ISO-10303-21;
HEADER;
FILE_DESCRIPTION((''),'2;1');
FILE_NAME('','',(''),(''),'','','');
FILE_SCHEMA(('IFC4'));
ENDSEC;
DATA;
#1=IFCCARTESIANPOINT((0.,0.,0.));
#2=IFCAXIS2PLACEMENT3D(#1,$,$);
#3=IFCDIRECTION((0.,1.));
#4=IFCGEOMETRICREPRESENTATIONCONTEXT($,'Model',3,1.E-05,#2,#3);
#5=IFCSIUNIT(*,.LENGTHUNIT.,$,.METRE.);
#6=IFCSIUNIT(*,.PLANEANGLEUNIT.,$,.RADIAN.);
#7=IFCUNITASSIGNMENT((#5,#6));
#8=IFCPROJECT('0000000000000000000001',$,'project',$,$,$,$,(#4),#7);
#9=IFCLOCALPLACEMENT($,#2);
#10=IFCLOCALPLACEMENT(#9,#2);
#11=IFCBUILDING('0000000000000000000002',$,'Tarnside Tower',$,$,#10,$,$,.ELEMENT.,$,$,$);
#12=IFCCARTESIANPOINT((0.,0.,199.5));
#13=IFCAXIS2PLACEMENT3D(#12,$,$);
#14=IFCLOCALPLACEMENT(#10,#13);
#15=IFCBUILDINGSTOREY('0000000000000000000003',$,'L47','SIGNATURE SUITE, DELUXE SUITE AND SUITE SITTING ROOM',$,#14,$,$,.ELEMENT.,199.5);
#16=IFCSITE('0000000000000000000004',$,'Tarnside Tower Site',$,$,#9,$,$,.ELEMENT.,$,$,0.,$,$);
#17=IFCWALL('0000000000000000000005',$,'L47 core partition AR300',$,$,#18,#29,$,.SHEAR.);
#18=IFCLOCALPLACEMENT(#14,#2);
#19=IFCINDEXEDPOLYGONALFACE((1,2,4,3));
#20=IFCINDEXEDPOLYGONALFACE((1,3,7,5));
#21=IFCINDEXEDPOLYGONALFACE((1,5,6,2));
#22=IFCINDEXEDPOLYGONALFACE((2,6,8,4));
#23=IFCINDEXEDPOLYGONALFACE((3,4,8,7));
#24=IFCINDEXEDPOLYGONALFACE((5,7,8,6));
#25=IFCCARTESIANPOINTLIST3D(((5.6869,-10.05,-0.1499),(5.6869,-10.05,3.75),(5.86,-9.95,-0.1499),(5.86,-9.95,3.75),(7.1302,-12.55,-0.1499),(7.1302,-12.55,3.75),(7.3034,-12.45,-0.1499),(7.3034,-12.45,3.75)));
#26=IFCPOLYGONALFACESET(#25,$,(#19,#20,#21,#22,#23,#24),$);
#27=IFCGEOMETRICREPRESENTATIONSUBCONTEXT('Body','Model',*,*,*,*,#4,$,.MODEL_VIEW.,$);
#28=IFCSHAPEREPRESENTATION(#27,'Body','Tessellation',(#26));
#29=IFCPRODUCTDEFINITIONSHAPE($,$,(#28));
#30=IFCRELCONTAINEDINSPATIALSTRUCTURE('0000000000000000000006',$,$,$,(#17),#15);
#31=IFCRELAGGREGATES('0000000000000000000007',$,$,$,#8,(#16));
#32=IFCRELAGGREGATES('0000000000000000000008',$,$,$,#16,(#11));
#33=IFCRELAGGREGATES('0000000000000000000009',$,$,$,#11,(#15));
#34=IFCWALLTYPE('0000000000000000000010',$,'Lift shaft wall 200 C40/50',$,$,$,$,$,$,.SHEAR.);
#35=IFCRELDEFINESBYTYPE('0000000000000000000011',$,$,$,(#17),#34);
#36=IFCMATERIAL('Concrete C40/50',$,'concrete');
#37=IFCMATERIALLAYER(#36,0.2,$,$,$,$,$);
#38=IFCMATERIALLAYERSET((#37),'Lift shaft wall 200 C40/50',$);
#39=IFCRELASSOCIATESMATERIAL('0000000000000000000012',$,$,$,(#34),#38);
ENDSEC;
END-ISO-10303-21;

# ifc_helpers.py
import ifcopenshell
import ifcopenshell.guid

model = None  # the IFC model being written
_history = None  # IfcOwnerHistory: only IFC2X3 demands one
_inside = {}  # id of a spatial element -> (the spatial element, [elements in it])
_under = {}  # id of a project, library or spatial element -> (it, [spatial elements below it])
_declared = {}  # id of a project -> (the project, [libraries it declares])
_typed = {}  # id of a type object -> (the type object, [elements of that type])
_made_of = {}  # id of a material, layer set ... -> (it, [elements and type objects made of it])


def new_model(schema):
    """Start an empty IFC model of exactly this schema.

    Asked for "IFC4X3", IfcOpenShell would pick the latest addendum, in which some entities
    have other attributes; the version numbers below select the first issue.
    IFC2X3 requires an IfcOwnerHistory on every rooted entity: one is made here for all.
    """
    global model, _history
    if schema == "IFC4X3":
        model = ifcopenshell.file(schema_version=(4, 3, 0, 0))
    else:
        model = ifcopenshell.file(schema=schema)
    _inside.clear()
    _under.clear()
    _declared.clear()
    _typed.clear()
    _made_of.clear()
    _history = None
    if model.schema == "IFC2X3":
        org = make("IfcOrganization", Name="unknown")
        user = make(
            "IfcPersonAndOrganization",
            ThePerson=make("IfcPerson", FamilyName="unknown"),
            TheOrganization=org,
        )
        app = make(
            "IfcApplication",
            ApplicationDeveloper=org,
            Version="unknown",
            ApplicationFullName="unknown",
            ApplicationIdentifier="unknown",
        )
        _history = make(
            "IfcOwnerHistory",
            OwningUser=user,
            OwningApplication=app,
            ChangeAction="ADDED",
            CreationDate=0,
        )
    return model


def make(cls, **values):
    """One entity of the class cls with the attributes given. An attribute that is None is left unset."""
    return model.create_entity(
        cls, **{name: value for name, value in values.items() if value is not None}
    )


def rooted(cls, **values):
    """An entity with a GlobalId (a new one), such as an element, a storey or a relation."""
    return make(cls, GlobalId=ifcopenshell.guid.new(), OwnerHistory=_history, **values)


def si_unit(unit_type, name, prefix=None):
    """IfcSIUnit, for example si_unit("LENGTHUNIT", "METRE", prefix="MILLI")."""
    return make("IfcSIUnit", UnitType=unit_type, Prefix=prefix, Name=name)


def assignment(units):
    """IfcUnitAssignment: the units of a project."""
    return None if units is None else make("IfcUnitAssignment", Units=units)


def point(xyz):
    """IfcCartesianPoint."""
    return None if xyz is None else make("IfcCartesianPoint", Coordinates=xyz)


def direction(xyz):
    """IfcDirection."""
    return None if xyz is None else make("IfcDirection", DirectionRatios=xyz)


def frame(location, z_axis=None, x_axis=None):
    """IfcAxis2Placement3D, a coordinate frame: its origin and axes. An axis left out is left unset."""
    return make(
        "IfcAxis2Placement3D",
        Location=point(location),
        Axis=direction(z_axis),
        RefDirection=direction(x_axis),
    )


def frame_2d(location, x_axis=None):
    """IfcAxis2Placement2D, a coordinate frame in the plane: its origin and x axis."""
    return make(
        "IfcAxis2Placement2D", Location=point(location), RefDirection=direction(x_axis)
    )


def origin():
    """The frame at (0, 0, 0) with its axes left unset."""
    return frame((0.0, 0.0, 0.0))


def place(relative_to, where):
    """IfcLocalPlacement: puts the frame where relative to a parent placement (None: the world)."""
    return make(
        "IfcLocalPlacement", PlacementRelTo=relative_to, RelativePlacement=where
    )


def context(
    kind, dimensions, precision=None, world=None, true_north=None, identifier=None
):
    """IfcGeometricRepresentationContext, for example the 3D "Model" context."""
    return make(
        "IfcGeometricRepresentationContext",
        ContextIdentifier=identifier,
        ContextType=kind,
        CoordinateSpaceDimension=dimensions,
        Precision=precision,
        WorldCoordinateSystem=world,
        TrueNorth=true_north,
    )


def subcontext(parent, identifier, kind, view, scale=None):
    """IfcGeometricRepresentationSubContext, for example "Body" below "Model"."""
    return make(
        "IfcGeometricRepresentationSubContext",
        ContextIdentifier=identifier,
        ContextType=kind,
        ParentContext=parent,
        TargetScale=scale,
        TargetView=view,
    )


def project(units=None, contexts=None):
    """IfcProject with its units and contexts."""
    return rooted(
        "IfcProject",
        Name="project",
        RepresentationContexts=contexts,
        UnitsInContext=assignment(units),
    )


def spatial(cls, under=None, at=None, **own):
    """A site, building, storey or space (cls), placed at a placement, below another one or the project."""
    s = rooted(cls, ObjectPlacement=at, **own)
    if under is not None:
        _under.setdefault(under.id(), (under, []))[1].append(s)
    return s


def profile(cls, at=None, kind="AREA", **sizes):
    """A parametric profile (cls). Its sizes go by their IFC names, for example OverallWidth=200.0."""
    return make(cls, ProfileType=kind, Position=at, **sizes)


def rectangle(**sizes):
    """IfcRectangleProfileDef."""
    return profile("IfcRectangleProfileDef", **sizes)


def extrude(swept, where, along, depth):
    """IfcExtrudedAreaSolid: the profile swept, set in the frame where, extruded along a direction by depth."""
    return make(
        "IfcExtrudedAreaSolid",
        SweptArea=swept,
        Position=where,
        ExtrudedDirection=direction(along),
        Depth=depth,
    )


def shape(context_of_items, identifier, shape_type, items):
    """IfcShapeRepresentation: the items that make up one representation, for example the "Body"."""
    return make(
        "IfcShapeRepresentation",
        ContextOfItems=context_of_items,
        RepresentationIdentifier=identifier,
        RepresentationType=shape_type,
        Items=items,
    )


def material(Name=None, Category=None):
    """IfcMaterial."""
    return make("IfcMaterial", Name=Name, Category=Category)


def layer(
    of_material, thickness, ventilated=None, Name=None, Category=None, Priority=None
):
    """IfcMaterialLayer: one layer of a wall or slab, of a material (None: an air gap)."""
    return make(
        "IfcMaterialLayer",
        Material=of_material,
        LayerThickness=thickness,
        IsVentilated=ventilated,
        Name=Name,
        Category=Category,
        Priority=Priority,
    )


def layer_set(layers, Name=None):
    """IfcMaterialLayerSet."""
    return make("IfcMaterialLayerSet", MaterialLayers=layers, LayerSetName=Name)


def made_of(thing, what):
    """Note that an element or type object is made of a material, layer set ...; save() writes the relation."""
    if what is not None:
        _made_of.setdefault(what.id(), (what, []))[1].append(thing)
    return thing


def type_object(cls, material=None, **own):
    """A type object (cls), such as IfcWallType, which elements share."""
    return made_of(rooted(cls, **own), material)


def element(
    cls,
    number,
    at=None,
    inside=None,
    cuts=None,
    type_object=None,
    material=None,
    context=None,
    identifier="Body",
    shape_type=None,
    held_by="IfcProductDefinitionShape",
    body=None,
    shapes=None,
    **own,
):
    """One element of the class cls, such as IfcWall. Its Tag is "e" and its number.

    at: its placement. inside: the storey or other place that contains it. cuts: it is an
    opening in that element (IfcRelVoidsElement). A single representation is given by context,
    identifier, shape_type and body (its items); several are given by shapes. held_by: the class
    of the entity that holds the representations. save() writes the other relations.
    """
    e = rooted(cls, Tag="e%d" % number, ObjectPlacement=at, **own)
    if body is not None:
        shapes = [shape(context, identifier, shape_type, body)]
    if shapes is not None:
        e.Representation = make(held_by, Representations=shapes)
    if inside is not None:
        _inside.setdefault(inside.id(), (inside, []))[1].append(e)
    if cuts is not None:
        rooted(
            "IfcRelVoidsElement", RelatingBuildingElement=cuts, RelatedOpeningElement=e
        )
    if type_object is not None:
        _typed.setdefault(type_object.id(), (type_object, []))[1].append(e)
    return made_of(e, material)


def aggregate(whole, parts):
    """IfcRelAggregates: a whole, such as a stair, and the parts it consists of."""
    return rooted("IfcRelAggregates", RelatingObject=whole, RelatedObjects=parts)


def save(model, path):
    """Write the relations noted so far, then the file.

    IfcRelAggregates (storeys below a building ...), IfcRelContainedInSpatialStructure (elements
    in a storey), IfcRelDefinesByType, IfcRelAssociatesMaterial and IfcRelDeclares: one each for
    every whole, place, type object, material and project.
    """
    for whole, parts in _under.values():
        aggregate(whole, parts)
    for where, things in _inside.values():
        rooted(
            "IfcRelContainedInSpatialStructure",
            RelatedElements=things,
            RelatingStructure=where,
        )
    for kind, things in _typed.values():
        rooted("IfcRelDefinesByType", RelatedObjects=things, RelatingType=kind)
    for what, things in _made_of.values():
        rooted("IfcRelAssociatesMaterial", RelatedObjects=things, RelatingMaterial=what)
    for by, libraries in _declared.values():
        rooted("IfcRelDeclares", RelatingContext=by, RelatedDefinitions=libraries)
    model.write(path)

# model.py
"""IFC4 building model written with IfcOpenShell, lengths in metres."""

from ifc_helpers import new_model, si_unit, direction, frame, frame_2d, origin, place, context, subcontext, project, spatial, rectangle, extrude, material, layer, layer_set, type_object, element, save


model = new_model("IFC4")

# Units and contexts
model_context = context("Model", 3, precision=1e-05, world=origin(), true_north=direction((0.0, 1.0)))
body_context = subcontext(model_context, "Body", "Model", "MODEL_VIEW")
ifc_project = project(units=[si_unit("LENGTHUNIT", "METRE"), si_unit("PLANEANGLEUNIT", "RADIAN")], contexts=[model_context])

# Site, building, storey
site_placement = place(None, origin())
site = spatial("IfcSite", under=ifc_project, at=site_placement, Name="Tarnside Tower Site", CompositionType="ELEMENT", RefElevation=0.0)
building_placement = place(site_placement, origin())
building = spatial("IfcBuilding", under=site, at=building_placement, Name="Tarnside Tower", CompositionType="ELEMENT")
storey_placement = place(building_placement, frame((0.0, 0.0, 199.5)))
storey = spatial("IfcBuildingStorey", under=building, at=storey_placement, Name="L47", Description="SIGNATURE SUITE, DELUXE SUITE AND SUITE SITTING ROOM", CompositionType="ELEMENT", Elevation=199.5)

# Wall
ifc_material_1 = material(Name="Concrete C40/50", Category="concrete")
ifc_layer_1 = layer(ifc_material_1, 0.2)
ifc_layer_set_1 = layer_set([ifc_layer_1], Name="Lift shaft wall 200 C40/50")
wall_type_1 = type_object("IfcWallType", Name="Lift shaft wall 200 C40/50", PredefinedType="SHEAR", material=ifc_layer_set_1)
wall_1_placement = place(storey_placement, frame((5.7734, -10.0, -0.1499), z_axis=(0.0, 0.0, 1.0), x_axis=(0.499996, -0.866028, 0.0)))
element("IfcWall", 1, at=wall_1_placement, inside=storey, type_object=wall_type_1, Name="L47 core partition AR300", PredefinedType="SHEAR", context=body_context, shape_type="SweptSolid", body=[
    extrude(rectangle(XDim=2.8867, YDim=0.2, at=frame_2d((1.4434, 0.0))), origin(), (0.0, 0.0, 1.0), 3.8999),
])

save(model, "model.ifc")
